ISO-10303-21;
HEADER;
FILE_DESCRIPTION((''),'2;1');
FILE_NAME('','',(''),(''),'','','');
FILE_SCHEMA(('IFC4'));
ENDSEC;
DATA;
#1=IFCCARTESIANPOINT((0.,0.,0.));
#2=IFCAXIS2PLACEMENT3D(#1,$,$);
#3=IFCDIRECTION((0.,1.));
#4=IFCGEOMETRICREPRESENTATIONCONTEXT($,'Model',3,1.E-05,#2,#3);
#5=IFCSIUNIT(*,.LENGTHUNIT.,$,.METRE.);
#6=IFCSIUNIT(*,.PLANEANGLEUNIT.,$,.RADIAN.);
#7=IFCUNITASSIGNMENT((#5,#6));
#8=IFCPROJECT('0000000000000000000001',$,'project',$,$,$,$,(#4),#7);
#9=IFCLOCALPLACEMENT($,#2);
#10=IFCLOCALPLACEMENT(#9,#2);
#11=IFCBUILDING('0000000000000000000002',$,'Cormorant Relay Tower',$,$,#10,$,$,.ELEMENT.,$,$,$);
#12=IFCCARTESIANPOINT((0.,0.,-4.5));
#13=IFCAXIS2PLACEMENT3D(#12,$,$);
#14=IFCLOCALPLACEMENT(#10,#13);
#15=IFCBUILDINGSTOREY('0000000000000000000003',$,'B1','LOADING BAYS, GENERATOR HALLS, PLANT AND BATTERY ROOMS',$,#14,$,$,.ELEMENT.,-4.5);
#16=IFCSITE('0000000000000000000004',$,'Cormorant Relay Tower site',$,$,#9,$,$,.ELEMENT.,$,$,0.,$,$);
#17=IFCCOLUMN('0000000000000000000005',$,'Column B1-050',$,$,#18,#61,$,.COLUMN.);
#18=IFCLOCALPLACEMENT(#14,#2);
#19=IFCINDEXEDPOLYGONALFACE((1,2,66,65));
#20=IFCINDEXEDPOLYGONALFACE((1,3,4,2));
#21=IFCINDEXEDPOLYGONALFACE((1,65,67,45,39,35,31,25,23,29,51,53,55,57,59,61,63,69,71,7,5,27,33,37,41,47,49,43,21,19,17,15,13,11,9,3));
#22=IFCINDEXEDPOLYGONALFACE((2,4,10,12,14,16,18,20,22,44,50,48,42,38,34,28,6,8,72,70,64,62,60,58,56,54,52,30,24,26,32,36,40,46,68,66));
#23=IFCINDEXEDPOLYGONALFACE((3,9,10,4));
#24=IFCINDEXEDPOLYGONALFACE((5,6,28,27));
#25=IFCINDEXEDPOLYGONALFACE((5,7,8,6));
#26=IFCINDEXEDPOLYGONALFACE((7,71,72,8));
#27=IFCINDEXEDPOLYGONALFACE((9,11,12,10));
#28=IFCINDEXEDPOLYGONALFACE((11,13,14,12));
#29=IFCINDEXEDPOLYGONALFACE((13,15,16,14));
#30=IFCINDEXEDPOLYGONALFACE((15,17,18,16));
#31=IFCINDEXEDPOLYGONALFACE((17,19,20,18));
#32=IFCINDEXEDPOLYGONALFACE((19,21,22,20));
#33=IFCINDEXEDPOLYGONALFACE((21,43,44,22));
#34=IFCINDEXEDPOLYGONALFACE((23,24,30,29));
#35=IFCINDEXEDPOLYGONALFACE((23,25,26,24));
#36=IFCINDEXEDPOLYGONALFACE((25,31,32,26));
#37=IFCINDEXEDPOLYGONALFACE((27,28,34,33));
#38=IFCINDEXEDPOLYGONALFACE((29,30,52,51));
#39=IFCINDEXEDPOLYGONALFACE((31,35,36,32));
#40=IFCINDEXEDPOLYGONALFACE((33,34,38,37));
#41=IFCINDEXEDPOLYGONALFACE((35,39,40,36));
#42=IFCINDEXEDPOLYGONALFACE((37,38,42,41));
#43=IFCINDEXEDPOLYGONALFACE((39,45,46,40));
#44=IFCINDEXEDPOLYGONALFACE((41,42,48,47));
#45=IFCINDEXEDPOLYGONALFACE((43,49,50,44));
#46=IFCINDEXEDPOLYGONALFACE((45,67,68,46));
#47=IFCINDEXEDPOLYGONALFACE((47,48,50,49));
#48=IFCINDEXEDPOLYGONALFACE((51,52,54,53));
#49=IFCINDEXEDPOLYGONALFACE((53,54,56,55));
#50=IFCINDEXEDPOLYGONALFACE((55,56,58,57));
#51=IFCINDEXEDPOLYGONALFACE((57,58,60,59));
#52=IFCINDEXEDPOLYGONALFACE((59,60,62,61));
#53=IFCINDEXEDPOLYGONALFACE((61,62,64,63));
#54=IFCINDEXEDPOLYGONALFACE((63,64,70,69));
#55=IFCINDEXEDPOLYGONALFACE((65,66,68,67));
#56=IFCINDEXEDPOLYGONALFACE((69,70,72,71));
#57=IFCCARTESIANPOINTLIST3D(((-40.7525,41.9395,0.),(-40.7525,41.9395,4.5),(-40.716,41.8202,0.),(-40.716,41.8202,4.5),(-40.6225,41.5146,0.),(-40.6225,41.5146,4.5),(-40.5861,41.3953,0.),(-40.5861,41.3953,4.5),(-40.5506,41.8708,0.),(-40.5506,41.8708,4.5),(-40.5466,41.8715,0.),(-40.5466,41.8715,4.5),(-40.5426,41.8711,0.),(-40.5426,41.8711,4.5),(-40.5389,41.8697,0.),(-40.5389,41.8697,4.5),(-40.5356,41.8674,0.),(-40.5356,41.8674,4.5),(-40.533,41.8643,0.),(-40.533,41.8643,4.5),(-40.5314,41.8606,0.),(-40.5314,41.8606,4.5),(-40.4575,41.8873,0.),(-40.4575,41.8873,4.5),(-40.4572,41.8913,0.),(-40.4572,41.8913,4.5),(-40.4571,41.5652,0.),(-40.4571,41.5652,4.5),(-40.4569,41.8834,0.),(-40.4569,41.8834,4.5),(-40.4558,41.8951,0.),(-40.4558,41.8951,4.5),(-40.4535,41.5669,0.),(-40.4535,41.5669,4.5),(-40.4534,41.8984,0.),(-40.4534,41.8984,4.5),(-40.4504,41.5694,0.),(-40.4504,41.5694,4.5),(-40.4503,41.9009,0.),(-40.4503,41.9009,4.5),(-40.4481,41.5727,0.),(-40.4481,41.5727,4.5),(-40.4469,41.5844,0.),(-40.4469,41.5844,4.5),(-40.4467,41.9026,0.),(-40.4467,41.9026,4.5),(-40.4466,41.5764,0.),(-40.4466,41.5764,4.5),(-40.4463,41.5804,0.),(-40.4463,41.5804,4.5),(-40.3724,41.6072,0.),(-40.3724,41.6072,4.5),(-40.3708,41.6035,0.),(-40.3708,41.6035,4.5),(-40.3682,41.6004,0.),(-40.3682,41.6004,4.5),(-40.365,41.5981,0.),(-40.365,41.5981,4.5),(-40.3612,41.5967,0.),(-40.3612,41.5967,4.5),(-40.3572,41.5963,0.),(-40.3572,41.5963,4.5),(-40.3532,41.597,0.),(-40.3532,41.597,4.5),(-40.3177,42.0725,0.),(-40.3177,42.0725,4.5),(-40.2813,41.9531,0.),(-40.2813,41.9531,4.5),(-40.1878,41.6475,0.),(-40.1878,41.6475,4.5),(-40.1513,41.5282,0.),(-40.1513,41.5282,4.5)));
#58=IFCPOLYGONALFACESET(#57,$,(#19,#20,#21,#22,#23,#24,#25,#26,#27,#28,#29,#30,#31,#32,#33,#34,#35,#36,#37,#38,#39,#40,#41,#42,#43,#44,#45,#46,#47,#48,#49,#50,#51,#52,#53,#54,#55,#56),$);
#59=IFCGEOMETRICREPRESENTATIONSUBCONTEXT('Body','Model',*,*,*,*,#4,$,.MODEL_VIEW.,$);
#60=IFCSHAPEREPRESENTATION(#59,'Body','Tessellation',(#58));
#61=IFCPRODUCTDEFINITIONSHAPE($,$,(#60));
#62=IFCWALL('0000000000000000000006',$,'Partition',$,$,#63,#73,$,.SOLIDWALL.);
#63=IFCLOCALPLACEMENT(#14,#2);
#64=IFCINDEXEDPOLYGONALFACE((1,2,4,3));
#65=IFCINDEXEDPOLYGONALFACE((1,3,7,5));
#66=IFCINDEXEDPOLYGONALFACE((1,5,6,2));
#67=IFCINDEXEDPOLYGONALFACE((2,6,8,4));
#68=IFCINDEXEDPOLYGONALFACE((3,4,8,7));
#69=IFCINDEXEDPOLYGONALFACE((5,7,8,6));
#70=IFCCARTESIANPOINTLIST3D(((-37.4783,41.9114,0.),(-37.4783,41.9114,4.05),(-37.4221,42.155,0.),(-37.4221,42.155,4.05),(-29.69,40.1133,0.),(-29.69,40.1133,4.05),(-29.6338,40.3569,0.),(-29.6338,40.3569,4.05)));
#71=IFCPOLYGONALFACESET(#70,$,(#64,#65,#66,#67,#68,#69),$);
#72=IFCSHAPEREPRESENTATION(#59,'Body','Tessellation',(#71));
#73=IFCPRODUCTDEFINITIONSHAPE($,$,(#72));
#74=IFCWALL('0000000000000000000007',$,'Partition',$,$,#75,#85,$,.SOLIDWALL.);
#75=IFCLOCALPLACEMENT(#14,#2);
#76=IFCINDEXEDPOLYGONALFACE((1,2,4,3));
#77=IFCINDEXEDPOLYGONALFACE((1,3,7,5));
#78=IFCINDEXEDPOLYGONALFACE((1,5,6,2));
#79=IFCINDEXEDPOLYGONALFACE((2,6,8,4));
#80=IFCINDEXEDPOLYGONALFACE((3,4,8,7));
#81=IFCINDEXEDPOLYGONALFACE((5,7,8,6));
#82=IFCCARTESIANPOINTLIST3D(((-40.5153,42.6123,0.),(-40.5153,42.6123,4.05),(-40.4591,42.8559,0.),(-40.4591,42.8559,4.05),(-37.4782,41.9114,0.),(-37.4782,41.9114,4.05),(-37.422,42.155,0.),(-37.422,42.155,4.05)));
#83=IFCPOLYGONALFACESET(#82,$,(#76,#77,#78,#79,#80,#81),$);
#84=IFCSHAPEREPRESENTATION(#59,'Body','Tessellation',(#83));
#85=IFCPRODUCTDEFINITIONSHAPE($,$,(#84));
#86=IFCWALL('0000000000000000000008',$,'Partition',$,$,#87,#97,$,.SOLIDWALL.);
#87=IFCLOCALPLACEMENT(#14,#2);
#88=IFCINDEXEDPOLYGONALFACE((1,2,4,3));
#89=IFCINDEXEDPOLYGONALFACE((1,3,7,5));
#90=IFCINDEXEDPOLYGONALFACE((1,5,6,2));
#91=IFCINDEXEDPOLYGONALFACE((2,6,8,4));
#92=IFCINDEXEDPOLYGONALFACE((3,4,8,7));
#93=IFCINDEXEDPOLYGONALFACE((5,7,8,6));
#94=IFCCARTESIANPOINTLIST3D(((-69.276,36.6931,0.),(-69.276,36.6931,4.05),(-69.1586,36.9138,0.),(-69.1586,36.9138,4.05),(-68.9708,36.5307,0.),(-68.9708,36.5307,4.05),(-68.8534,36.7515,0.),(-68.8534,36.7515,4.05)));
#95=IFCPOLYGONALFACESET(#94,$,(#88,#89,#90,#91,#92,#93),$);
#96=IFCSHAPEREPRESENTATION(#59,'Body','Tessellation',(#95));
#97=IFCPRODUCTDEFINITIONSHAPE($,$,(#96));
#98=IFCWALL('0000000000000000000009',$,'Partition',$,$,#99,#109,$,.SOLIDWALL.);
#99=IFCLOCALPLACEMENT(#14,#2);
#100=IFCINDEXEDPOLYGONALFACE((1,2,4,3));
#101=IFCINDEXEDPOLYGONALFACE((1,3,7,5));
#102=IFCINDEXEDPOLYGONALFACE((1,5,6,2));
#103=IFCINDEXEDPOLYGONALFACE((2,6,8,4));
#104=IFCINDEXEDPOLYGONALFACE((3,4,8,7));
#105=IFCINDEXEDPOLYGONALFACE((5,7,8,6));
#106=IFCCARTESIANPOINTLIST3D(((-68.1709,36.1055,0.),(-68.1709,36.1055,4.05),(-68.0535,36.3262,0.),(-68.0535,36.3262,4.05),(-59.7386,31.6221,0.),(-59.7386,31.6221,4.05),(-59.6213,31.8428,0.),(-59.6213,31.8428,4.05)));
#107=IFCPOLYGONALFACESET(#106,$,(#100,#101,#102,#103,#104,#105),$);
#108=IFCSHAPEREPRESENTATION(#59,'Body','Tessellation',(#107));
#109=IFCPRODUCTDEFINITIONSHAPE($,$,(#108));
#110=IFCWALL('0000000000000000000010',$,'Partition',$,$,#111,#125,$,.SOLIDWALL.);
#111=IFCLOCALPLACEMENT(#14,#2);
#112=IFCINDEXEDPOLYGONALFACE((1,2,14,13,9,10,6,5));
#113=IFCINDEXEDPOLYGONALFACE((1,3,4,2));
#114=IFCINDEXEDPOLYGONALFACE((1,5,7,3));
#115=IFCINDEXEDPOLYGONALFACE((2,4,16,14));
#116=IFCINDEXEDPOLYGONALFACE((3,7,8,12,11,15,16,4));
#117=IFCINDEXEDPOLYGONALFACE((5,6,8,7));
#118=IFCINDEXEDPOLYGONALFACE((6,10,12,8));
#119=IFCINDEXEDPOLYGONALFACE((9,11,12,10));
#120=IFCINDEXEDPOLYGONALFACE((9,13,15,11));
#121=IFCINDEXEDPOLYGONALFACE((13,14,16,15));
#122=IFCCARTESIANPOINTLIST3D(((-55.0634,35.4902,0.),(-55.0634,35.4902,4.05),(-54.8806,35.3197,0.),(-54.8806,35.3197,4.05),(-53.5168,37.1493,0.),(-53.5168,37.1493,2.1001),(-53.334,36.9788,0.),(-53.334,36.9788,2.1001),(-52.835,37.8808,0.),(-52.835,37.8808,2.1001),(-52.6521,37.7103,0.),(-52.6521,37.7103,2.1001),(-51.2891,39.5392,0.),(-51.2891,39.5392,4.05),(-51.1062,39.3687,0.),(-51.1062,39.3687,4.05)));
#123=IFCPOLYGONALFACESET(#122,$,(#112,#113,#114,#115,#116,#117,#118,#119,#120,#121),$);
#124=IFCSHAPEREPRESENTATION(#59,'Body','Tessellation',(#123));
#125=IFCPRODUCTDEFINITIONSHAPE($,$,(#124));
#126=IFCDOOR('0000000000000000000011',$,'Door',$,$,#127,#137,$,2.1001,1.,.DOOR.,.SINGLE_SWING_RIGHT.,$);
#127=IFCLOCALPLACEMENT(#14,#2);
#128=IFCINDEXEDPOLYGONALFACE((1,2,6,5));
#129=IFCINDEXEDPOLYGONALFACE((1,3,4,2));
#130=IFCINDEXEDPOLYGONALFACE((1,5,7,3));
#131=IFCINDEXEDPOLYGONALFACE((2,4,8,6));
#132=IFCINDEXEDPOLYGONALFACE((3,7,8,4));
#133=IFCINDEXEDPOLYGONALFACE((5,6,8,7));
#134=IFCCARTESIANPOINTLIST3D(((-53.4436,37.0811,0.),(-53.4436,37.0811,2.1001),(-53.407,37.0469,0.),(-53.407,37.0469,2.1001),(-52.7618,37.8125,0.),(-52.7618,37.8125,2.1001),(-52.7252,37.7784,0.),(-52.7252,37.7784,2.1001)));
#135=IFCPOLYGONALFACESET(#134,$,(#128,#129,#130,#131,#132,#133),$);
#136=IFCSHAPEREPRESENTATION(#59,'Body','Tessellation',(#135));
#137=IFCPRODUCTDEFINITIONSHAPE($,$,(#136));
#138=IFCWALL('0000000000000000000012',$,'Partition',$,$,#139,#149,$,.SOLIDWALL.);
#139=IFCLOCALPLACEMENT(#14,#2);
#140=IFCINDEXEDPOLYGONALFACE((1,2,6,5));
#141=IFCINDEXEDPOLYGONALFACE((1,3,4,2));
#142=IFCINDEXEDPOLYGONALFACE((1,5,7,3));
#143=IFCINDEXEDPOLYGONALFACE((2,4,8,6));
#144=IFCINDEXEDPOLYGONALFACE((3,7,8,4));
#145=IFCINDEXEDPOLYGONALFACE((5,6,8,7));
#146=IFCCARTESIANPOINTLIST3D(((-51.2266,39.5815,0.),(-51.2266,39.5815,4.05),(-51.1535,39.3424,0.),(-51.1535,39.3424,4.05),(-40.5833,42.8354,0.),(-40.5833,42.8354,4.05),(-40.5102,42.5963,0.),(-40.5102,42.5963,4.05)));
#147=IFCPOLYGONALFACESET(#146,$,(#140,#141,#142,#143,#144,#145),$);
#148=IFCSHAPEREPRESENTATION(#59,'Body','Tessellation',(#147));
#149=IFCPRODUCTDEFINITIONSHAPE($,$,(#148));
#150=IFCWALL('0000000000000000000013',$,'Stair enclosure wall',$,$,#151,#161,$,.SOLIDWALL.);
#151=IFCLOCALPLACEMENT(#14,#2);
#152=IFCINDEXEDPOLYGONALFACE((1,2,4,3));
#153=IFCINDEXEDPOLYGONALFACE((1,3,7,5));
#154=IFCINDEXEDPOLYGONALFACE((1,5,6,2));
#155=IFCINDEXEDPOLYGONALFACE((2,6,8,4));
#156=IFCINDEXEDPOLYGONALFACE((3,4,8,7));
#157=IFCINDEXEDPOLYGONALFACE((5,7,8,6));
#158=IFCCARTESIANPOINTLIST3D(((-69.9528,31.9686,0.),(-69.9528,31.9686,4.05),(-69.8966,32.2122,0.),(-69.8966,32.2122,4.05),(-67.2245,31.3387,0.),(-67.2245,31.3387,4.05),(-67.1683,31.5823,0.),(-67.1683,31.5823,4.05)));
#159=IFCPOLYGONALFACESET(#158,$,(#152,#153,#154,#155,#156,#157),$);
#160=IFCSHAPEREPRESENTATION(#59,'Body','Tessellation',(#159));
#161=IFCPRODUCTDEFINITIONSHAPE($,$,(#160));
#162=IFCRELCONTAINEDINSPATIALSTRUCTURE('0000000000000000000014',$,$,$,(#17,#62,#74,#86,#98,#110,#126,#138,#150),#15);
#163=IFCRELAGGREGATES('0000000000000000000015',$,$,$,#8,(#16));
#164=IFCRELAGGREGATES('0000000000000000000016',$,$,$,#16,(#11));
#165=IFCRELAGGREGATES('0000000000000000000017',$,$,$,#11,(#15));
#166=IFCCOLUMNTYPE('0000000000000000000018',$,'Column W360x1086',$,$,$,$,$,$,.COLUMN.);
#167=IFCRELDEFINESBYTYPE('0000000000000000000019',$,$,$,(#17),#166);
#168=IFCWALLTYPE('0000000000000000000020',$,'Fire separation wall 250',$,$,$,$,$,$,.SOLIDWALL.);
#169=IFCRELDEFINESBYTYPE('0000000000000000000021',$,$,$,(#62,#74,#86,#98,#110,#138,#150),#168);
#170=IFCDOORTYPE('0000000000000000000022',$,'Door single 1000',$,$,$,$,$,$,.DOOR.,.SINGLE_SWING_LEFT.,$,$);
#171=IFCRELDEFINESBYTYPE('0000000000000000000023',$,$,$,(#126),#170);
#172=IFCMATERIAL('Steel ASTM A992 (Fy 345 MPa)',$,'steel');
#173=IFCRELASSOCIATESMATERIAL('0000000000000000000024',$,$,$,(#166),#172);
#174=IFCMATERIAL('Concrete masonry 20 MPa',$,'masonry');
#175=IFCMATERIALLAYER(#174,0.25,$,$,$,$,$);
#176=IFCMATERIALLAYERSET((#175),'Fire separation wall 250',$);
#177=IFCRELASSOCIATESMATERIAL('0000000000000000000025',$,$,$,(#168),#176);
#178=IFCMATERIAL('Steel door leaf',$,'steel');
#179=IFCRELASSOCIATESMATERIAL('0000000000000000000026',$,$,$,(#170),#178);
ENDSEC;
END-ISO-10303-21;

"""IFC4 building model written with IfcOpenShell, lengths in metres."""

from ifc_helpers import new_model, si_unit, direction, frame, frame_2d, origin, origin_2d, place, context, subcontext, project, spatial, rectangle, i_section, extrude, material, layer, layer_set, material_profile, profile_set, type_object, element, fill, save


model = new_model("IFC4")

# Units and contexts
model_context = context("Model", 3, precision=1e-05, world=origin(), true_north=direction((0.0, 1.0)))
body_context = subcontext(model_context, "Body", "Model", "MODEL_VIEW")
ifc_project = project(units=[si_unit("LENGTHUNIT", "METRE"), si_unit("PLANEANGLEUNIT", "RADIAN")], contexts=[model_context])

# Site, building, storey
site_placement = place(None, origin())
site = spatial("IfcSite", under=ifc_project, at=site_placement, Name="Cormorant Relay Tower site", CompositionType="ELEMENT", RefElevation=0.0)
building_placement = place(site_placement, origin())
building = spatial("IfcBuilding", under=site, at=building_placement, Name="Cormorant Relay Tower", CompositionType="ELEMENT")
storey_placement = place(building_placement, frame((0.0, 0.0, -4.5)))
storey = spatial("IfcBuildingStorey", under=building, at=storey_placement, Name="B1", Description="LOADING BAYS, GENERATOR HALLS, PLANT AND BATTERY ROOMS", CompositionType="ELEMENT", Elevation=-4.5)

# Column
ifc_material_1 = material(Name="Steel ASTM A992 (Fy 345 MPa)", Category="steel")
ifc_material_profile_1 = material_profile(ifc_material_1, i_section(OverallWidth=0.4546, OverallDepth=0.5691, WebThickness=0.0779, FlangeThickness=0.1248, FilletRadius=0.0154, at=origin_2d()), Name="W360x1086")
ifc_profile_set_1 = profile_set([ifc_material_profile_1], Name="Steel ASTM A992 (Fy 345 MPa)")
column_type_1 = type_object("IfcColumnType", Name="Column W360x1086", PredefinedType="COLUMN", material=ifc_profile_set_1)
for number, where, z_axis, x_axis, name in (
    (1, (-40.4519, 41.7339, 0.0), (0.0, 0.0, 1.0), (-0.956305, -0.292372, 0.0), "Column B1-050"),
):
    element("IfcColumn", number, at=place(storey_placement, frame(where, z_axis=z_axis, x_axis=x_axis)), inside=storey, type_object=column_type_1, Name=name, PredefinedType="COLUMN", context=body_context, shape_type="SweptSolid", body=[
        extrude(i_section(OverallWidth=0.4546, OverallDepth=0.5691, WebThickness=0.0779, FlangeThickness=0.1248, FilletRadius=0.0154, at=origin_2d()), origin(), (0.0, 0.0, 1.0), 4.5),
    ])

# Walls
ifc_material_2 = material(Name="Concrete masonry 20 MPa", Category="masonry")
ifc_layer_1 = layer(ifc_material_2, 0.25)
ifc_layer_set_1 = layer_set([ifc_layer_1], Name="Fire separation wall 250")
wall_type_1 = type_object("IfcWallType", Name="Fire separation wall 250", PredefinedType="SOLIDWALL", material=ifc_layer_set_1)
wall_1_placement = place(storey_placement, frame((-37.4502, 42.0332, 0.0), z_axis=(0.0, 0.0, 1.0), x_axis=(0.97437, -0.224953, 0.0)))
element("IfcWall", 2, at=wall_1_placement, inside=storey, type_object=wall_type_1, Name="Partition", PredefinedType="SOLIDWALL", context=body_context, shape_type="SweptSolid", body=[
    extrude(rectangle(XDim=7.9932, YDim=0.25, at=frame_2d((3.9966, 0.0))), origin(), (0.0, 0.0, 1.0), 4.05),
])
wall_2_placement = place(storey_placement, frame((-40.4873, 42.7341, 0.0), z_axis=(0.0, 0.0, 1.0), x_axis=(0.974387, -0.224877, 0.0)))
element("IfcWall", 3, at=wall_2_placement, inside=storey, type_object=wall_type_1, Name="Partition", PredefinedType="SOLIDWALL", context=body_context, shape_type="SweptSolid", body=[
    extrude(rectangle(XDim=3.1169, YDim=0.25, at=frame_2d((1.5586, 0.0))), origin(), (0.0, 0.0, 1.0), 4.05),
])
wall_3_placement = place(storey_placement, frame((-69.2173, 36.8035, 0.0), z_axis=(0.0, 0.0, 1.0), x_axis=(0.882841, -0.469672, 0.0)))
element("IfcWall", 4, at=wall_3_placement, inside=storey, type_object=wall_type_1, Name="Partition", PredefinedType="SOLIDWALL", context=body_context, shape_type="SweptSolid", body=[
    extrude(rectangle(XDim=0.3457, YDim=0.25, at=frame_2d((0.1729, 0.0))), origin(), (0.0, 0.0, 1.0), 4.05),
])
wall_4_placement = place(storey_placement, frame((-68.1121, 36.2158, 0.0), z_axis=(0.0, 0.0, 1.0), x_axis=(0.88295, -0.469468, 0.0)))
element("IfcWall", 5, at=wall_4_placement, inside=storey, type_object=wall_type_1, Name="Partition", PredefinedType="SOLIDWALL", context=body_context, shape_type="SweptSolid", body=[
    extrude(rectangle(XDim=9.55, YDim=0.25, at=frame_2d((4.7749, 0.0))), origin(), (0.0, 0.0, 1.0), 4.05),
])

# Wall, opening, door
wall_5_placement = place(storey_placement, frame((-54.9719, 35.405, 0.0), z_axis=(0.0, 0.0, 1.0), x_axis=(0.681862, 0.73148, 0.0)))
wall_5 = element("IfcWall", 6, at=wall_5_placement, inside=storey, type_object=wall_type_1, Name="Partition", PredefinedType="SOLIDWALL", context=body_context, shape_type="SweptSolid", body=[
    extrude(rectangle(XDim=5.5354, YDim=0.25, at=frame_2d((2.7676, 0.0))), origin(), (0.0, 0.0, 1.0), 4.05),
])
opening_1_placement = place(wall_5_placement, frame((2.2681, 0.0, 0.0)))
opening_1 = element("IfcOpeningElement", 7, at=opening_1_placement, cuts=wall_5, PredefinedType="OPENING", context=body_context, shape_type="SweptSolid", body=[
    extrude(rectangle(XDim=1.0, YDim=2.1001, at=frame_2d((0.5, 1.05))), frame((0.0, 0.135, 0.0), z_axis=(0.0, -1.0, 0.0), x_axis=(1.0, 0.0, 0.0)), (0.0, 0.0, 1.0), 0.27),
])
ifc_material_3 = material(Name="Steel door leaf", Category="steel")
door_type_1 = type_object("IfcDoorType", Name="Door single 1000", OperationType="SINGLE_SWING_LEFT", PredefinedType="DOOR", material=ifc_material_3)
door_1_placement = place(opening_1_placement, origin())
door_1 = element("IfcDoor", 8, at=door_1_placement, inside=storey, type_object=door_type_1, Name="Door", OperationType="SINGLE_SWING_RIGHT", OverallHeight=2.1001, OverallWidth=1.0, PredefinedType="DOOR", context=body_context, shape_type="SweptSolid", body=[
    extrude(rectangle(XDim=1.0, YDim=2.1001, at=frame_2d((0.5, 1.05))), frame((0.0, 0.0249, 0.0), z_axis=(0.0, -1.0, 0.0), x_axis=(1.0, 0.0, 0.0)), (0.0, 0.0, 1.0), 0.05),
])
fill(opening_1, door_1)

# Walls
wall_6_placement = place(storey_placement, frame((-51.1902, 39.4619, 0.0), z_axis=(0.0, 0.0, 1.0), x_axis=(0.956307, 0.292365, 0.0)))
element("IfcWall", 9, at=wall_6_placement, inside=storey, type_object=wall_type_1, Name="Partition", PredefinedType="SOLIDWALL", context=body_context, shape_type="SweptSolid", body=[
    extrude(rectangle(XDim=11.1296, YDim=0.25, at=frame_2d((5.5649, 0.0))), origin(), (0.0, 0.0, 1.0), 4.05),
])
wall_7_placement = place(storey_placement, frame((-69.9246, 32.0903, 0.0), z_axis=(0.0, 0.0, 1.0), x_axis=(0.974369, -0.224955, 0.0)))
element("IfcWall", 10, at=wall_7_placement, inside=storey, type_object=wall_type_1, Name="Stair enclosure wall", PredefinedType="SOLIDWALL", context=body_context, shape_type="SweptSolid", body=[
    extrude(rectangle(XDim=2.8, YDim=0.25, at=frame_2d((1.3999, 0.0))), origin(), (0.0, 0.0, 1.0), 4.05),
])

save(model, "model.ifc")
